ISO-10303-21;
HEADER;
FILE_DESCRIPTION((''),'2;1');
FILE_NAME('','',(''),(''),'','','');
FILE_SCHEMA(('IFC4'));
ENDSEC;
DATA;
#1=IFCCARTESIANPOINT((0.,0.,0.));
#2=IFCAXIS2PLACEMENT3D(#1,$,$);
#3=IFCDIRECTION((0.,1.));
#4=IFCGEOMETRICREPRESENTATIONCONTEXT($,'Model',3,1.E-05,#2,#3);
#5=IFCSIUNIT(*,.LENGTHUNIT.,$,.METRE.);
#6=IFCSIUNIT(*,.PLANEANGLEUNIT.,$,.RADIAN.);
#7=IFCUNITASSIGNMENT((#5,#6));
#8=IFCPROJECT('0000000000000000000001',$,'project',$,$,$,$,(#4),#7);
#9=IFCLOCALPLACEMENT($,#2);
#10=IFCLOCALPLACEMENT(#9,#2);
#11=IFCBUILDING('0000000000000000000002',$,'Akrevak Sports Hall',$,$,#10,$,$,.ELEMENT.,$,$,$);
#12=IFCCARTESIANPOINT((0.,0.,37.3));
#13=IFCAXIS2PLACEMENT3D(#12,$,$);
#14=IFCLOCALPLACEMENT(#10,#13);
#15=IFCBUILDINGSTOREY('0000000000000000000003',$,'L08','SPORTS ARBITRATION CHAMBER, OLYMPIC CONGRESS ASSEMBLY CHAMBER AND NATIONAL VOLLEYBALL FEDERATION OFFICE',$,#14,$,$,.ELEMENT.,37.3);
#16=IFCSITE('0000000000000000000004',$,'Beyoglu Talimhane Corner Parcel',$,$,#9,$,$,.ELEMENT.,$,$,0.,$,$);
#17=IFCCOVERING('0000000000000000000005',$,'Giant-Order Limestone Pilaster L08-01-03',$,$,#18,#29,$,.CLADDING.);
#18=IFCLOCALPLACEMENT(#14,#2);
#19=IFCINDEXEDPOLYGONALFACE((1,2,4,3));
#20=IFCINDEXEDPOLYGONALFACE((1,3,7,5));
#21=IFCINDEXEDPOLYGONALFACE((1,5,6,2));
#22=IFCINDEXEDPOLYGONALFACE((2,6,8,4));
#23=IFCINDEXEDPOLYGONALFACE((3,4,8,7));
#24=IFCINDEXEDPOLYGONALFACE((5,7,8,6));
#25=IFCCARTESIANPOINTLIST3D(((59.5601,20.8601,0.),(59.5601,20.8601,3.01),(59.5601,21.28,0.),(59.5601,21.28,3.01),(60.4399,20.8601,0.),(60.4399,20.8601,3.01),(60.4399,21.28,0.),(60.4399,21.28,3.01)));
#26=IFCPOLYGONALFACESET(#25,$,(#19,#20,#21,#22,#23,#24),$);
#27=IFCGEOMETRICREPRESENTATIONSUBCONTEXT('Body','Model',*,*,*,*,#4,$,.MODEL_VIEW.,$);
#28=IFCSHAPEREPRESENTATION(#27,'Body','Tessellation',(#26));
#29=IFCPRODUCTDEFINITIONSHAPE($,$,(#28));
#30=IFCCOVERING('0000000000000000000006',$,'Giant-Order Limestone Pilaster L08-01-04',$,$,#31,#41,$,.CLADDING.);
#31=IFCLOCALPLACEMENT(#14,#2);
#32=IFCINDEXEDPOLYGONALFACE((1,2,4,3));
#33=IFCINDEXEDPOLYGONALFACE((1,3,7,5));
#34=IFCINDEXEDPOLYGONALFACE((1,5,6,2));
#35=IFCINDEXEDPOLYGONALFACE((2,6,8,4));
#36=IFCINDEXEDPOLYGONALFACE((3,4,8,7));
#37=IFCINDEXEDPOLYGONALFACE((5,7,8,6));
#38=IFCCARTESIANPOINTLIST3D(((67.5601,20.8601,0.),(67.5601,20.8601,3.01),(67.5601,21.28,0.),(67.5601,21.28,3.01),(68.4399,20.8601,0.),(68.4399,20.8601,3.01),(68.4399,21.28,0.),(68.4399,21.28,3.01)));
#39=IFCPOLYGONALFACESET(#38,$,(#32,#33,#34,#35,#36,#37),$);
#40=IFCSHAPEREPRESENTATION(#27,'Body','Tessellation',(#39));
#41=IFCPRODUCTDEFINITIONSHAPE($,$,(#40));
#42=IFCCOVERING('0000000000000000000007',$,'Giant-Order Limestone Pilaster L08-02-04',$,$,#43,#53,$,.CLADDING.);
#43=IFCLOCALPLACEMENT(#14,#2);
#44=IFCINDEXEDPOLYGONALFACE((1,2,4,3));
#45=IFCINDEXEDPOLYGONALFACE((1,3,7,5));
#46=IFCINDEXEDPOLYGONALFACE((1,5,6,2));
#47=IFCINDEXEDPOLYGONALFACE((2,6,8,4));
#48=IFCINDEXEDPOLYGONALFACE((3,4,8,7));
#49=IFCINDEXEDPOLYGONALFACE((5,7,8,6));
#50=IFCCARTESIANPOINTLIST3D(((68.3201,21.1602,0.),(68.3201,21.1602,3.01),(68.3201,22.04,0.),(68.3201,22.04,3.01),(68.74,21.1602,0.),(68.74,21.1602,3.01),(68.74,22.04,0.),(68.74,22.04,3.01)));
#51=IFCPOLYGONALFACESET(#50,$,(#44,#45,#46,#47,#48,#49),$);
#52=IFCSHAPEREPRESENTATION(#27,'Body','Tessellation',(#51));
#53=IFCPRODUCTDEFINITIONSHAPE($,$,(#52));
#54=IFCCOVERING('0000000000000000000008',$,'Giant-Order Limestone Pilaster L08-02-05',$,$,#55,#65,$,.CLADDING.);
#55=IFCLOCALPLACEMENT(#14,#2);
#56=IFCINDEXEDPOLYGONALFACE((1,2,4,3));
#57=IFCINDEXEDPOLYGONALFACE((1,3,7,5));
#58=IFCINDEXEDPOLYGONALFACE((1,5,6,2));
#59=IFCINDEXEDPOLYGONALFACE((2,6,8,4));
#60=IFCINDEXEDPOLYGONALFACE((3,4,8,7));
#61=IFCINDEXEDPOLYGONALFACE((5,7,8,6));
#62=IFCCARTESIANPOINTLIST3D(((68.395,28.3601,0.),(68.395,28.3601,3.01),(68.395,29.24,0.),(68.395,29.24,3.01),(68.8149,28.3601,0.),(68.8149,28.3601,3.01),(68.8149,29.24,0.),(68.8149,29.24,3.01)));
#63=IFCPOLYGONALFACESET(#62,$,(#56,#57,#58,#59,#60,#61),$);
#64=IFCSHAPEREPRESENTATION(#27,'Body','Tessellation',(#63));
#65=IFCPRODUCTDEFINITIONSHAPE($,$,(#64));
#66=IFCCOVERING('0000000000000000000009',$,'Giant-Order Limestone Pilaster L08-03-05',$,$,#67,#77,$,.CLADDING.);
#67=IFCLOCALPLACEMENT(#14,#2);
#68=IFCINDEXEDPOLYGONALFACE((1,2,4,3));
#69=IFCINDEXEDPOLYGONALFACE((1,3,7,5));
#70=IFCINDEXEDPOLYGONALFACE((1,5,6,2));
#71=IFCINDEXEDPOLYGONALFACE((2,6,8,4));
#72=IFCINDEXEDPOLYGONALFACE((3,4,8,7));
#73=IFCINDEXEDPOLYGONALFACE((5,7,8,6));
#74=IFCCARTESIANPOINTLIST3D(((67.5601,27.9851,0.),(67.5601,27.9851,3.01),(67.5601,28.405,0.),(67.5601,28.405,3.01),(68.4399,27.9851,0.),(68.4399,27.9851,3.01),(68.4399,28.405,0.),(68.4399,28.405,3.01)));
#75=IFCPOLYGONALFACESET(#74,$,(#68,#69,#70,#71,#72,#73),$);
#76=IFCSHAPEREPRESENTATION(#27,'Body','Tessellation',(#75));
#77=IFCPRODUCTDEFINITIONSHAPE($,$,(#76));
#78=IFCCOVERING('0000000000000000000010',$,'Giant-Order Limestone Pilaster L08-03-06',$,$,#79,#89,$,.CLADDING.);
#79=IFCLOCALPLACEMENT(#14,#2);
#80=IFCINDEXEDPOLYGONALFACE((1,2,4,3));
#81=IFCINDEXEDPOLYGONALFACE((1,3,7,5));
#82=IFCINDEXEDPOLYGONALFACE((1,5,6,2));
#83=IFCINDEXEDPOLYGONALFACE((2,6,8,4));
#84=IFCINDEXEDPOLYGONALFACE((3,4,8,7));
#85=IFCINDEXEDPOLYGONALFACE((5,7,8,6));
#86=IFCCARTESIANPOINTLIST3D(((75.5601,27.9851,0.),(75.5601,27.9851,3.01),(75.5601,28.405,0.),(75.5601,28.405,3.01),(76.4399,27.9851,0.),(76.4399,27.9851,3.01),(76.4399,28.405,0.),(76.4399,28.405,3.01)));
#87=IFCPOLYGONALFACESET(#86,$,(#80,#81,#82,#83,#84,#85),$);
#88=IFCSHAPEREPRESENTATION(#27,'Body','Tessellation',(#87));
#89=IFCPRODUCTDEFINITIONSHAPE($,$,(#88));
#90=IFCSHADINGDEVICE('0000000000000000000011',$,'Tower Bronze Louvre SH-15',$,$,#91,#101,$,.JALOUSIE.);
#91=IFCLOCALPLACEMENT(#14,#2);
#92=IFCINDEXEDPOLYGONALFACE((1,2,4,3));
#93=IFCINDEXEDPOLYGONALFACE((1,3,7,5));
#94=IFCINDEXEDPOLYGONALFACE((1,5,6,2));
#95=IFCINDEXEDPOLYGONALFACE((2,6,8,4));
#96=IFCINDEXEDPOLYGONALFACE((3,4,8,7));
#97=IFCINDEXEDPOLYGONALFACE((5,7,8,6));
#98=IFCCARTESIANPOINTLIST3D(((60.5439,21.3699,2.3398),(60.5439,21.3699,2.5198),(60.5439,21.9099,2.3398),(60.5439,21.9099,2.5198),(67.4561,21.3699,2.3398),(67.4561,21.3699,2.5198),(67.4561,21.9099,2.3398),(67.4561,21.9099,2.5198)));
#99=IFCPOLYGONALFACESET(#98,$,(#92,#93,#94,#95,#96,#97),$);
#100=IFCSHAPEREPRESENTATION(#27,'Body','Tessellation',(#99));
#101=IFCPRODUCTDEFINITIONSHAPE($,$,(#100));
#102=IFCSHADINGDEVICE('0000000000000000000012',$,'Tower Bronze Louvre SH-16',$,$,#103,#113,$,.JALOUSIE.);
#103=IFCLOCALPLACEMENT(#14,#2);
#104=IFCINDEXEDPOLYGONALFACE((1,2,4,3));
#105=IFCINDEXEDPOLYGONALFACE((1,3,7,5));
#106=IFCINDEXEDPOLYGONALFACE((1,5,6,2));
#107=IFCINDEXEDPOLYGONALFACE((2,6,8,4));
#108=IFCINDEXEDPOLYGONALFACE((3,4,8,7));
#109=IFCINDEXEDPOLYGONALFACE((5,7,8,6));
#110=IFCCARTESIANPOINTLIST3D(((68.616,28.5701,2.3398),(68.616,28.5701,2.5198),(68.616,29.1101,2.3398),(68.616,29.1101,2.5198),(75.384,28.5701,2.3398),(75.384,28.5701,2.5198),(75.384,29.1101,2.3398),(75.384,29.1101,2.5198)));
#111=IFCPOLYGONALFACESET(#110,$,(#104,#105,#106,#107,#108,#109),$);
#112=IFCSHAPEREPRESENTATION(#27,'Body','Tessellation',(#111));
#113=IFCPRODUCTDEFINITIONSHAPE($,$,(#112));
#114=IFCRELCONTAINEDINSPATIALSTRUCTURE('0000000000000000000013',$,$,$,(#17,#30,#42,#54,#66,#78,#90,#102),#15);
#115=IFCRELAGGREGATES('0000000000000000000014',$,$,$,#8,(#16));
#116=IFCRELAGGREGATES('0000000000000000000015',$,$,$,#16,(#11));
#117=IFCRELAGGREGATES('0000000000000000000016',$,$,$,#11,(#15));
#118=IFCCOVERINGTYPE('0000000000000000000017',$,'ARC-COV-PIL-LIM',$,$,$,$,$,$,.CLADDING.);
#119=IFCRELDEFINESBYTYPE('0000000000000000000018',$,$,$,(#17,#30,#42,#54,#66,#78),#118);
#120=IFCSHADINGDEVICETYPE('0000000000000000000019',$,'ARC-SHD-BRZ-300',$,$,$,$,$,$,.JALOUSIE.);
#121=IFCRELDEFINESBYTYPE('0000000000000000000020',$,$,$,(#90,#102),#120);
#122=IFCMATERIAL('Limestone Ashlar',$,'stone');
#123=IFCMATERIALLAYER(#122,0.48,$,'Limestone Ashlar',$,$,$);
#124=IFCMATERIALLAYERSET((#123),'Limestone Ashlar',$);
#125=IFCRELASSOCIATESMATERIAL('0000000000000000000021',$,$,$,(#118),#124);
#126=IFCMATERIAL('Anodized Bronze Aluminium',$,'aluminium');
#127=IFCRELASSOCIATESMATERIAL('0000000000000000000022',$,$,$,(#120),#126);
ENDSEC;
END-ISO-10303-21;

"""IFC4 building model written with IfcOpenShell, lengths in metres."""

from ifc_helpers import new_model, si_unit, direction, frame, origin, origin_2d, place, context, subcontext, project, spatial, rectangle, extrude, material, layer, layer_set, type_object, element, save


model = new_model("IFC4")

# Units and contexts
model_context = context("Model", 3, precision=1e-05, world=origin(), true_north=direction((0.0, 1.0)))
body_context = subcontext(model_context, "Body", "Model", "MODEL_VIEW")
ifc_project = project(units=[si_unit("LENGTHUNIT", "METRE"), si_unit("PLANEANGLEUNIT", "RADIAN")], contexts=[model_context])

# Site, building, storey
site_placement = place(None, origin())
site = spatial("IfcSite", under=ifc_project, at=site_placement, Name="Beyoglu Talimhane Corner Parcel", CompositionType="ELEMENT", RefElevation=0.0)
building_placement = place(site_placement, origin())
building = spatial("IfcBuilding", under=site, at=building_placement, Name="Akrevak Sports Hall", CompositionType="ELEMENT")
storey_placement = place(building_placement, frame((0.0, 0.0, 37.3)))
storey = spatial("IfcBuildingStorey", under=building, at=storey_placement, Name="L08", Description="SPORTS ARBITRATION CHAMBER, OLYMPIC CONGRESS ASSEMBLY CHAMBER AND NATIONAL VOLLEYBALL FEDERATION OFFICE", CompositionType="ELEMENT", Elevation=37.3)

# Shared definitions
ifc_material_1 = material(Name="Anodized Bronze Aluminium", Category="aluminium")

# Shared definitions
ifc_material_2 = material(Name="Limestone Ashlar", Category="stone")

# Coverings
ifc_layer_1 = layer(ifc_material_2, 0.48, Name="Limestone Ashlar")
ifc_layer_set_1 = layer_set([ifc_layer_1], Name="Limestone Ashlar")
covering_type = type_object("IfcCoveringType", Name="ARC-COV-PIL-LIM", PredefinedType="CLADDING", material=ifc_layer_set_1)
for number, where, z_axis, x_axis, name in (
    (1, (60.0, 21.0701, 0.0), (0.0, 0.0, 1.0), (1.0, 0.0, 0.0), "Giant-Order Limestone Pilaster L08-01-03"),
    (2, (68.0, 21.0701, 0.0), (0.0, 0.0, 1.0), (1.0, 0.0, 0.0), "Giant-Order Limestone Pilaster L08-01-04"),
    (3, (68.53, 21.6001, 0.0), (0.0, 0.0, 1.0), (0.0, 1.0, 0.0), "Giant-Order Limestone Pilaster L08-02-04"),
    (4, (68.605, 28.8, 0.0), (0.0, 0.0, 1.0), (0.0, 1.0, 0.0), "Giant-Order Limestone Pilaster L08-02-05"),
    (5, (68.0, 28.1951, 0.0), (0.0, 0.0, 1.0), (1.0, 0.0, 0.0), "Giant-Order Limestone Pilaster L08-03-05"),
    (6, (76.0, 28.1951, 0.0), (0.0, 0.0, 1.0), (1.0, 0.0, 0.0), "Giant-Order Limestone Pilaster L08-03-06"),
):
    element("IfcCovering", number, at=place(storey_placement, frame(where, z_axis=z_axis, x_axis=x_axis)), inside=storey, type_object=covering_type, Name=name, PredefinedType="CLADDING", context=body_context, shape_type="SweptSolid", body=[
        extrude(rectangle(XDim=0.8799, YDim=0.4199, at=origin_2d()), origin(), (0.0, 0.0, 1.0), 3.01),
    ])

# Shading devices
shading_device_type = type_object("IfcShadingDeviceType", Name="ARC-SHD-BRZ-300", PredefinedType="JALOUSIE", material=ifc_material_1)
shading_device_1_placement = place(storey_placement, frame((64.0, 21.6399, 2.3398), z_axis=(0.0, 0.0, 1.0), x_axis=(1.0, 0.0, 0.0)))
element("IfcShadingDevice", 7, at=shading_device_1_placement, inside=storey, type_object=shading_device_type, Name="Tower Bronze Louvre SH-15", PredefinedType="JALOUSIE", context=body_context, shape_type="SweptSolid", body=[
    extrude(rectangle(XDim=6.9121, YDim=0.54, at=origin_2d()), origin(), (0.0, 0.0, 1.0), 0.1799),
])
shading_device_2_placement = place(storey_placement, frame((72.0, 28.8401, 2.3398), z_axis=(0.0, 0.0, 1.0), x_axis=(1.0, 0.0, 0.0)))
element("IfcShadingDevice", 8, at=shading_device_2_placement, inside=storey, type_object=shading_device_type, Name="Tower Bronze Louvre SH-16", PredefinedType="JALOUSIE", context=body_context, shape_type="SweptSolid", body=[
    extrude(rectangle(XDim=6.7681, YDim=0.54, at=origin_2d()), origin(), (0.0, 0.0, 1.0), 0.1799),
])

save(model, "model.ifc")
